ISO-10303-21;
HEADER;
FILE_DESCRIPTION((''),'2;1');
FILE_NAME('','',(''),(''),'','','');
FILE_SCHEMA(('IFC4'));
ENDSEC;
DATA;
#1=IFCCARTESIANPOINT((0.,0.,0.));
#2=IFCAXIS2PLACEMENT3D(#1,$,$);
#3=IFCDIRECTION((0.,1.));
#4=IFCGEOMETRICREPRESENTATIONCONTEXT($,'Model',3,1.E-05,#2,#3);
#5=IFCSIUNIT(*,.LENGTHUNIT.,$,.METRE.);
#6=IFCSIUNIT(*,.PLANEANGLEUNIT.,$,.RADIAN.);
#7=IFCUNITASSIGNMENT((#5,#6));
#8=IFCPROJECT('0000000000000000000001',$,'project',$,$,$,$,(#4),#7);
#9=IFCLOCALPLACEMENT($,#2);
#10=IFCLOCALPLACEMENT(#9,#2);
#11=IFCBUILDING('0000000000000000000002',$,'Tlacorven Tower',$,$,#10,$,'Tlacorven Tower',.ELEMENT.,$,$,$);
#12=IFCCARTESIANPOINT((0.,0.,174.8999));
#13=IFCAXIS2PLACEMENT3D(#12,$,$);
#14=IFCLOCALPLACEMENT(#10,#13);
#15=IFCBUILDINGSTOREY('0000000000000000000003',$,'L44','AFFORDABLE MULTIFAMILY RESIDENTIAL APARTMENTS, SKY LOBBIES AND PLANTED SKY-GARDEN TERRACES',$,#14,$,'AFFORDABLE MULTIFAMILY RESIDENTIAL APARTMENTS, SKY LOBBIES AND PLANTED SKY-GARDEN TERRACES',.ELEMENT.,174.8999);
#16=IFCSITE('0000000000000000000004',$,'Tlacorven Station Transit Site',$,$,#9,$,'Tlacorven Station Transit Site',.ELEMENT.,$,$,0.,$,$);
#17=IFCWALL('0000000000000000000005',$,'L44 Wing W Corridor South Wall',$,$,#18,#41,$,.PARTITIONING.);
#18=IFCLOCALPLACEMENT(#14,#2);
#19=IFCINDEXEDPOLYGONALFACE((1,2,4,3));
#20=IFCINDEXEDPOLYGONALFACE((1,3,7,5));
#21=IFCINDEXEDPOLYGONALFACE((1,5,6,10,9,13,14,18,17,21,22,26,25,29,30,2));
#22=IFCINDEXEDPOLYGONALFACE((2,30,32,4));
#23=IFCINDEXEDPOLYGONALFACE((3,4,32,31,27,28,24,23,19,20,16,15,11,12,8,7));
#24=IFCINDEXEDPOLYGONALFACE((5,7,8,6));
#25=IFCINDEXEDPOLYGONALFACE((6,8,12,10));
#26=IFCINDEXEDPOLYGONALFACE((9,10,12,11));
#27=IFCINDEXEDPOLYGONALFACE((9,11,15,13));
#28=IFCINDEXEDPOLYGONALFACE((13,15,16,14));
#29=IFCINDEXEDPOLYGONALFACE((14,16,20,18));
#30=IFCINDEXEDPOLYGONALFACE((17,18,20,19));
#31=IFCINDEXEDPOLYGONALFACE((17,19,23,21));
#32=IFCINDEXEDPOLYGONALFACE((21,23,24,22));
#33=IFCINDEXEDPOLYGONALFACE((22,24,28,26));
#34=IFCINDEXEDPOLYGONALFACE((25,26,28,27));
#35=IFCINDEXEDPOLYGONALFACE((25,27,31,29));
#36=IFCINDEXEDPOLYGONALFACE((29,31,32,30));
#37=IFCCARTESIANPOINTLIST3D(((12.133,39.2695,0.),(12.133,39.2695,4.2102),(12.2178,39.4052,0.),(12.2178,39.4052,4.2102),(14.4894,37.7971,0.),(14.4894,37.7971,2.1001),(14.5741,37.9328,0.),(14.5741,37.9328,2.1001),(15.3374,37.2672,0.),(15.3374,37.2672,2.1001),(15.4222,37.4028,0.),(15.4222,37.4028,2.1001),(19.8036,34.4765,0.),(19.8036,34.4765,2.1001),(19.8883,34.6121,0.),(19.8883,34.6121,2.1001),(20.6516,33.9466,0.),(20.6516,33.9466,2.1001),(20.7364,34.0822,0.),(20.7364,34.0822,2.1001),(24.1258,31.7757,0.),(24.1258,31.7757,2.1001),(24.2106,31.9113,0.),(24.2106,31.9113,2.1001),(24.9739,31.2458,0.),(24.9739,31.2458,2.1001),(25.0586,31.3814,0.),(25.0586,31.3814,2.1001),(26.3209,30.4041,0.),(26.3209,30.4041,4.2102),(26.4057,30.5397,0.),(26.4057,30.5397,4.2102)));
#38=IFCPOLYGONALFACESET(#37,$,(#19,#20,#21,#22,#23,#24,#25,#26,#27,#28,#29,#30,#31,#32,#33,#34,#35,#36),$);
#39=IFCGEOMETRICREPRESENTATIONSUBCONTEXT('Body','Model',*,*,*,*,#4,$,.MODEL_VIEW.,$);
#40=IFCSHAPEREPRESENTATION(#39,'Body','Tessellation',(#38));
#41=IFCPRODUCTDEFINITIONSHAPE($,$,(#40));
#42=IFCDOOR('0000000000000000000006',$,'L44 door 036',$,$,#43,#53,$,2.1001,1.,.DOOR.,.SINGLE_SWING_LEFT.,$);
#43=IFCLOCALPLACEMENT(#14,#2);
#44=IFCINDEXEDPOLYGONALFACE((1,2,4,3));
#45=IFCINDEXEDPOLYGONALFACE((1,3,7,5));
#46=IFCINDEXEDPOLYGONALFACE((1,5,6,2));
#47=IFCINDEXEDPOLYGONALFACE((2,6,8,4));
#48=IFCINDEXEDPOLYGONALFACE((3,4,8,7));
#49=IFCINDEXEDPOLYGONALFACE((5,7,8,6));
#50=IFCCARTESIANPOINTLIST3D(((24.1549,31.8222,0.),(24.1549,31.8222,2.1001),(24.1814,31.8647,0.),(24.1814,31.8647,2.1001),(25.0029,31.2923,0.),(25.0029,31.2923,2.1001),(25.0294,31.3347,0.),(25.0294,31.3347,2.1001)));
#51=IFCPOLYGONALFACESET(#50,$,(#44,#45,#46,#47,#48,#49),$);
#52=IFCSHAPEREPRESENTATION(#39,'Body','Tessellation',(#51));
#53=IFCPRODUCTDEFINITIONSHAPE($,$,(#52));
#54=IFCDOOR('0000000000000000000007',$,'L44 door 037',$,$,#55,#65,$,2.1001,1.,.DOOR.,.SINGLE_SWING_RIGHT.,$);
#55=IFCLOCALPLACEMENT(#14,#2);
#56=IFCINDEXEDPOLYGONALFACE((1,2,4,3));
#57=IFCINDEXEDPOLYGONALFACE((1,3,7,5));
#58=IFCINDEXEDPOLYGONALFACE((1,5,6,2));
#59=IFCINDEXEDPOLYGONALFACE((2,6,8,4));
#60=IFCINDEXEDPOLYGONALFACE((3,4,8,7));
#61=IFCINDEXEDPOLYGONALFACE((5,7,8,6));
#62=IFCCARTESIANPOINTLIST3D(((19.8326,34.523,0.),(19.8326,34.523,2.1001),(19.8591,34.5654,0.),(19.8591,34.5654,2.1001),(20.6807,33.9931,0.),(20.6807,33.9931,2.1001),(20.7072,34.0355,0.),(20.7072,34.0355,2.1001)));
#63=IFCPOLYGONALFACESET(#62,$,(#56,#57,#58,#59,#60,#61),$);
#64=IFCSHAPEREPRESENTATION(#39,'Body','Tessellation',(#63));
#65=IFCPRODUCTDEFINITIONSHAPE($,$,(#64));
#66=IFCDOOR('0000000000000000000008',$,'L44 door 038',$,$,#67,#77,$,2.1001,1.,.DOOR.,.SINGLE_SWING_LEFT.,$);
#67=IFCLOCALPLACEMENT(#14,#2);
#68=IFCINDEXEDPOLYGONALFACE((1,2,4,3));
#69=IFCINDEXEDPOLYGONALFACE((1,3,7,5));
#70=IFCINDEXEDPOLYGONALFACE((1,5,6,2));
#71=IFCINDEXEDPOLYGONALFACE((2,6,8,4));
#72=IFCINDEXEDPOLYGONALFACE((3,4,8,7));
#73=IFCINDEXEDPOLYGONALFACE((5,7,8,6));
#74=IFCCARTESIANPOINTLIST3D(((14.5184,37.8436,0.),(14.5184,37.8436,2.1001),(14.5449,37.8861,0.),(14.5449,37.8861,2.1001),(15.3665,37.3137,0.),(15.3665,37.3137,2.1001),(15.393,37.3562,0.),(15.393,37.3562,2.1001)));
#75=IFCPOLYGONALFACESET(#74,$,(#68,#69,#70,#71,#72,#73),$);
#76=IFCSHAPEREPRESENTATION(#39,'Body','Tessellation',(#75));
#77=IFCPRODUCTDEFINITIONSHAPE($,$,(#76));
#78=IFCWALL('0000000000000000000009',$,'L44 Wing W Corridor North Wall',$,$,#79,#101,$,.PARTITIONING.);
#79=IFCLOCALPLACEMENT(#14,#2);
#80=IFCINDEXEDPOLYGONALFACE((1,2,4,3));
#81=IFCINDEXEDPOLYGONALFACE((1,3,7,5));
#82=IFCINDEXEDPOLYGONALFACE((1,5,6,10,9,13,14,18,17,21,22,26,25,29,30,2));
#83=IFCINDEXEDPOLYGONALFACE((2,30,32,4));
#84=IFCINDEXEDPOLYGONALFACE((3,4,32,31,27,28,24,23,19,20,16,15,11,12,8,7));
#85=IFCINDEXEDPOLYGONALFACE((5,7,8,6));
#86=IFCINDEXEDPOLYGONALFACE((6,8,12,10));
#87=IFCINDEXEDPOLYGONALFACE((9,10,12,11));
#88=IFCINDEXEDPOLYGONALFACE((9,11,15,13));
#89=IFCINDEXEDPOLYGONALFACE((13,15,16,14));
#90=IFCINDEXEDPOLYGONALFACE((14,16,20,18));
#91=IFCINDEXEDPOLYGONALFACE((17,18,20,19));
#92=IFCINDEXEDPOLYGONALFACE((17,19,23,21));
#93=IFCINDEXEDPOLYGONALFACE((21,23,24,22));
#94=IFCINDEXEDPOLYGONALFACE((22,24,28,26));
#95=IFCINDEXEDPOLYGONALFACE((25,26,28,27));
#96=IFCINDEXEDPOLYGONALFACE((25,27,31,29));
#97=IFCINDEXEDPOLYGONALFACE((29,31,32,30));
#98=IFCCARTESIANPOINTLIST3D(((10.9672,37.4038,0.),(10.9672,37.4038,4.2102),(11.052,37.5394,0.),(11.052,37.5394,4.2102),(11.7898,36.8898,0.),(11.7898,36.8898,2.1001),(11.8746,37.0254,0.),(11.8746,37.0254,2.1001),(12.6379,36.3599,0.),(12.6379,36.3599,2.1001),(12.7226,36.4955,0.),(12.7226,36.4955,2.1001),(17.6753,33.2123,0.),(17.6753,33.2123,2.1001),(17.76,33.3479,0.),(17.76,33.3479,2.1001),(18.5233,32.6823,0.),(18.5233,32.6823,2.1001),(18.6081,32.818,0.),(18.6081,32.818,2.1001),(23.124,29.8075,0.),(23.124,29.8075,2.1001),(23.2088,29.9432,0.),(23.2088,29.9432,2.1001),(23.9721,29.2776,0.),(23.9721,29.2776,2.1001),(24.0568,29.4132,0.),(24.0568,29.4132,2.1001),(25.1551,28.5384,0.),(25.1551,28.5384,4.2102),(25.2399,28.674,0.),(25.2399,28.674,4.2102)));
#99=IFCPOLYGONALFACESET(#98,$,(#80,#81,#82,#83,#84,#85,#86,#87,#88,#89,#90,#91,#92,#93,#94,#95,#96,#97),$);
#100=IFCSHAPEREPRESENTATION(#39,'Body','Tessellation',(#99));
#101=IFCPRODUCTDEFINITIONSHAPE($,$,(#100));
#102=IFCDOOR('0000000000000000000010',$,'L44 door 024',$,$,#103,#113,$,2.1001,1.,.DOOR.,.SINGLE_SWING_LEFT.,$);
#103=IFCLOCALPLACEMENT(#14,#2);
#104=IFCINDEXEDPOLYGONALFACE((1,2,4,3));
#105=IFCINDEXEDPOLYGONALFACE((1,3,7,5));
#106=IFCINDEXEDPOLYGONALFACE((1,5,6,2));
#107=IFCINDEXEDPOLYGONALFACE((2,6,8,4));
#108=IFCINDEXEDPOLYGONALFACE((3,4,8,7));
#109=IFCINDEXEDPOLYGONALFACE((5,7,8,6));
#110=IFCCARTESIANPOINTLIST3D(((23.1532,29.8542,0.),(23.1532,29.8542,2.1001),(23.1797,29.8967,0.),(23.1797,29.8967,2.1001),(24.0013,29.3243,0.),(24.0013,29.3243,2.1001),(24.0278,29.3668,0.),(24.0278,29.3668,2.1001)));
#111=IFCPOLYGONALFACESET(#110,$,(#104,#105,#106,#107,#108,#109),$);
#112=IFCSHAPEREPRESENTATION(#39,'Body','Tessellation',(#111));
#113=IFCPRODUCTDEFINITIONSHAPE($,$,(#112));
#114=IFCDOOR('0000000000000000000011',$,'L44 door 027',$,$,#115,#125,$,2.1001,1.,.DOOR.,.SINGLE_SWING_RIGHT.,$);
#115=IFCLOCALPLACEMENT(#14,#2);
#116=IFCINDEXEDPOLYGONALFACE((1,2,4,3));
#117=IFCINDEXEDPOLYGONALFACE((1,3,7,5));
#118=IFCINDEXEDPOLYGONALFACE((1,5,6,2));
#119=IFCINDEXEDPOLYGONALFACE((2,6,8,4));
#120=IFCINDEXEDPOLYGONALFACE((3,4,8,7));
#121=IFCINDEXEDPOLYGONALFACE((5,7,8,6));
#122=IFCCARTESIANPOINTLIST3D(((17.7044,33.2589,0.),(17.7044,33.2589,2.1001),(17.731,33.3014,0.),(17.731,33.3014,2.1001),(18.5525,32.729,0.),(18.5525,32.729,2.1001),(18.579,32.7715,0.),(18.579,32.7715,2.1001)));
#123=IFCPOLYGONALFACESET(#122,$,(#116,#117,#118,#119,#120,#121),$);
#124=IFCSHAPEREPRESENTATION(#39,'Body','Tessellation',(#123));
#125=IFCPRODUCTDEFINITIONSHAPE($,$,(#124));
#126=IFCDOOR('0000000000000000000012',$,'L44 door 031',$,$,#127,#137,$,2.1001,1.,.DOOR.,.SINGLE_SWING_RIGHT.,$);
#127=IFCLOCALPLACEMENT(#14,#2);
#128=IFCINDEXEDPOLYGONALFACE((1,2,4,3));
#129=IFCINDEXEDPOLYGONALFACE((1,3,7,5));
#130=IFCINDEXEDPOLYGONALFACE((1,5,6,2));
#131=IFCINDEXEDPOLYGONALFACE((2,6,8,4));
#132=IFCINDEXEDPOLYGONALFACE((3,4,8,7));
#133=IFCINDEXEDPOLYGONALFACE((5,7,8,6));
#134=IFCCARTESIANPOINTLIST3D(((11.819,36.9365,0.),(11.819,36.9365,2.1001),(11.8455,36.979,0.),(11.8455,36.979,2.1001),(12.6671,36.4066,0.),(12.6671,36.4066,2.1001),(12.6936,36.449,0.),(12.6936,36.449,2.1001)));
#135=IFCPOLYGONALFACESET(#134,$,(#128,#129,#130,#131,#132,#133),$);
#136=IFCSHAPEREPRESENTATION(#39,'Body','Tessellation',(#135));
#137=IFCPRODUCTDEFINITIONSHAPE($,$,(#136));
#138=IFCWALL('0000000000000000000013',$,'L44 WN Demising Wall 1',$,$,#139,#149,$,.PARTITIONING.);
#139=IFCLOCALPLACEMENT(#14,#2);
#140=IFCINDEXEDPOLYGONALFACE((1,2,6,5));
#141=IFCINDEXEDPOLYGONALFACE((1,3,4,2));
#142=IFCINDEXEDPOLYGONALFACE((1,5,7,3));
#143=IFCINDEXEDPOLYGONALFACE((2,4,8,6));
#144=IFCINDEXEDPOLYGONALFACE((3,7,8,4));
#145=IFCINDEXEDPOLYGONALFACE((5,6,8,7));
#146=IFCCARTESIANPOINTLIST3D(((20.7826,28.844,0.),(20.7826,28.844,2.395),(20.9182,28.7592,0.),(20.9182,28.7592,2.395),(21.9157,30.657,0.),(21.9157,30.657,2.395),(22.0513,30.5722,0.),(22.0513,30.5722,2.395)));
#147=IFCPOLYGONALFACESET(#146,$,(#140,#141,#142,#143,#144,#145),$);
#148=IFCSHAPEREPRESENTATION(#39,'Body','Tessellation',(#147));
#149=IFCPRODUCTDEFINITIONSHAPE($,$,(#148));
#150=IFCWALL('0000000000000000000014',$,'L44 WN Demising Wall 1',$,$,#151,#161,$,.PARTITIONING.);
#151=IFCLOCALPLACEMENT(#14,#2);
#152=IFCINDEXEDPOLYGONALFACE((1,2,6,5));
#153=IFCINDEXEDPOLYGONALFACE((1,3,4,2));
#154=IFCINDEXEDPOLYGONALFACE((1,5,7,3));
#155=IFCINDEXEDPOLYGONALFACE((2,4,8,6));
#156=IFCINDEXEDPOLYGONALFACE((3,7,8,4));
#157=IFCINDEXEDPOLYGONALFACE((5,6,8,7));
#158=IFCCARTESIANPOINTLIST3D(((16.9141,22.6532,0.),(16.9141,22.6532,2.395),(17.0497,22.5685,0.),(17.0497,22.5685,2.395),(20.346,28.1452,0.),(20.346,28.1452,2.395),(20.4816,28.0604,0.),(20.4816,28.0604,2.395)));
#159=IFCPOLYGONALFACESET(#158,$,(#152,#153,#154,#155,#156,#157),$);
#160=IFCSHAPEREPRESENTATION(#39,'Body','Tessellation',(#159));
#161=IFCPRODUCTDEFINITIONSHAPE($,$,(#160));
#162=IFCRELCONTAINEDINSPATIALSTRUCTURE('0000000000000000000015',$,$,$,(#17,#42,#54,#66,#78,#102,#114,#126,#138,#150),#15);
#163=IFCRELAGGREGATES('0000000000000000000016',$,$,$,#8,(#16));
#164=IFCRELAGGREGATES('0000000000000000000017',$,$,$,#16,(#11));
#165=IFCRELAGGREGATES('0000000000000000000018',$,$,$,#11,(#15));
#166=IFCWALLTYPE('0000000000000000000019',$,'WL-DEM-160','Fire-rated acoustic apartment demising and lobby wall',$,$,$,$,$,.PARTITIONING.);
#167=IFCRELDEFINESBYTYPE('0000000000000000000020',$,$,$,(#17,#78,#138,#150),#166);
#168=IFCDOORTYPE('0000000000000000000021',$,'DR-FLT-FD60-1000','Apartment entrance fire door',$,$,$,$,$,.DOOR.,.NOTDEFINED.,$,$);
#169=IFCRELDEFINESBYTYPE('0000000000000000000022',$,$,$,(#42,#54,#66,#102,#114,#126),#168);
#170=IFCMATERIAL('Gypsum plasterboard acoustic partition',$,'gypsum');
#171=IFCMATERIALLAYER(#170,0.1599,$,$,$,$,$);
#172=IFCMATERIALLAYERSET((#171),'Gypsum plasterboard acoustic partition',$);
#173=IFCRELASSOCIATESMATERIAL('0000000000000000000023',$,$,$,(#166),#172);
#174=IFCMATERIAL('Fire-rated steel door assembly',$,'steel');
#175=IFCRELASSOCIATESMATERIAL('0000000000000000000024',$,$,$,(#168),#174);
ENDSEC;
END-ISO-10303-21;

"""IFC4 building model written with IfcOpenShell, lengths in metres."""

from ifc_helpers import new_model, si_unit, direction, frame, frame_2d, origin, place, context, subcontext, project, spatial, rectangle, extrude, source, transform, mapped, material, layer, layer_set, type_object, element, fill, save


model = new_model("IFC4")

# Units and contexts
model_context = context("Model", 3, precision=1e-05, world=origin(), true_north=direction((0.0, 1.0)))
body_context = subcontext(model_context, "Body", "Model", "MODEL_VIEW")
ifc_project = project(units=[si_unit("LENGTHUNIT", "METRE"), si_unit("PLANEANGLEUNIT", "RADIAN")], contexts=[model_context])

# Site, building, storey
site_placement = place(None, origin())
site = spatial("IfcSite", under=ifc_project, at=site_placement, Name="Tlacorven Station Transit Site", LongName="Tlacorven Station Transit Site", CompositionType="ELEMENT", RefElevation=0.0)
building_placement = place(site_placement, origin())
building = spatial("IfcBuilding", under=site, at=building_placement, Name="Tlacorven Tower", LongName="Tlacorven Tower", CompositionType="ELEMENT")
storey_placement = place(building_placement, frame((0.0, 0.0, 174.8999)))
storey = spatial("IfcBuildingStorey", under=building, at=storey_placement, Name="L44", Description="AFFORDABLE MULTIFAMILY RESIDENTIAL APARTMENTS, SKY LOBBIES AND PLANTED SKY-GARDEN TERRACES", LongName="AFFORDABLE MULTIFAMILY RESIDENTIAL APARTMENTS, SKY LOBBIES AND PLANTED SKY-GARDEN TERRACES", CompositionType="ELEMENT", Elevation=174.8999)

# Shared definitions
ifc_material_1 = material(Name="Gypsum plasterboard acoustic partition", Category="gypsum")
ifc_layer_1 = layer(ifc_material_1, 0.1599)
ifc_layer_set_1 = layer_set([ifc_layer_1], Name="Gypsum plasterboard acoustic partition")
wall_type_1 = type_object("IfcWallType", Name="WL-DEM-160", Description="Fire-rated acoustic apartment demising and lobby wall", PredefinedType="PARTITIONING", material=ifc_layer_set_1)

# Walls, openings, doors
wall_1_placement = place(storey_placement, frame((26.3633, 30.4719, 0.0), z_axis=(0.0, 0.0, 1.0), x_axis=(-0.848052, 0.529912, 0.0)))
wall_1 = element("IfcWall", 1, at=wall_1_placement, inside=storey, type_object=wall_type_1, Name="L44 Wing W Corridor South Wall", PredefinedType="PARTITIONING", context=body_context, shape_type="SweptSolid", body=[
    extrude(rectangle(XDim=16.73, YDim=0.1599, at=frame_2d((8.365, 0.0))), origin(), (0.0, 0.0, 1.0), 4.2102),
])
opening_1_placement = place(wall_1_placement, frame((1.5884, 0.0, 0.0)))
opening_1 = element("IfcOpeningElement", 2, at=opening_1_placement, cuts=wall_1, PredefinedType="OPENING", context=body_context, shape_type="SweptSolid", body=[
    extrude(rectangle(XDim=1.0, YDim=2.1001, at=frame_2d((0.5, 1.05))), frame((0.0, 0.0898, 0.0), z_axis=(0.0, -1.0, 0.0), x_axis=(1.0, 0.0, 0.0)), (0.0, 0.0, 1.0), 0.1799),
])
opening_2_placement = place(wall_1_placement, frame((6.6851, 0.0, 0.0)))
opening_2 = element("IfcOpeningElement", 3, at=opening_2_placement, cuts=wall_1, PredefinedType="OPENING", context=body_context, shape_type="SweptSolid", body=[
    extrude(rectangle(XDim=1.0, YDim=2.1001, at=frame_2d((0.5, 1.05))), frame((0.0, 0.0898, 0.0), z_axis=(0.0, -1.0, 0.0), x_axis=(1.0, 0.0, 0.0)), (0.0, 0.0, 1.0), 0.1799),
])
opening_3_placement = place(wall_1_placement, frame((12.9514, 0.0, 0.0)))
opening_3 = element("IfcOpeningElement", 4, at=opening_3_placement, cuts=wall_1, PredefinedType="OPENING", context=body_context, shape_type="SweptSolid", body=[
    extrude(rectangle(XDim=1.0, YDim=2.1001, at=frame_2d((0.5, 1.05))), frame((0.0, 0.0898, 0.0), z_axis=(0.0, -1.0, 0.0), x_axis=(1.0, 0.0, 0.0)), (0.0, 0.0, 1.0), 0.1799),
])
ifc_material_2 = material(Name="Fire-rated steel door assembly", Category="steel")
door_type_1 = type_object("IfcDoorType", Name="DR-FLT-FD60-1000", Description="Apartment entrance fire door", OperationType="NOTDEFINED", PredefinedType="DOOR", material=ifc_material_2)
shared_shape_1 = source(origin(), body_context, "Body", "SweptSolid", [
    extrude(rectangle(XDim=1.0, YDim=2.1001, at=frame_2d((0.5, 1.05))), frame((0.0, 0.0249, 0.0), z_axis=(0.0, -1.0, 0.0), x_axis=(1.0, 0.0, 0.0)), (0.0, 0.0, 1.0), 0.05),
])
door_1_placement = place(opening_1_placement, frame((1.0, 0.0, 0.0), z_axis=(0.0, 0.0, 1.0), x_axis=(-1.0, 0.0, 0.0)))
door_1 = element("IfcDoor", 5, at=door_1_placement, inside=storey, type_object=door_type_1, Name="L44 door 036", OperationType="SINGLE_SWING_LEFT", OverallHeight=2.1001, OverallWidth=1.0, PredefinedType="DOOR", context=body_context, shape_type="MappedRepresentation", body=[
    mapped(shared_shape_1, transform((0.0, 0.0, 0.0), scale=1.0)),
])
fill(opening_1, door_1)
door_2_placement = place(opening_2_placement, frame((1.0, 0.0, 0.0), z_axis=(0.0, 0.0, 1.0), x_axis=(-1.0, 0.0, 0.0)))
door_2 = element("IfcDoor", 6, at=door_2_placement, inside=storey, type_object=door_type_1, Name="L44 door 037", OperationType="SINGLE_SWING_RIGHT", OverallHeight=2.1001, OverallWidth=1.0, PredefinedType="DOOR", context=body_context, shape_type="MappedRepresentation", body=[
    mapped(shared_shape_1, transform((0.0, 0.0, 0.0), scale=1.0)),
])
fill(opening_2, door_2)
door_3_placement = place(opening_3_placement, frame((1.0, 0.0, 0.0), z_axis=(0.0, 0.0, 1.0), x_axis=(-1.0, 0.0, 0.0)))
door_3 = element("IfcDoor", 7, at=door_3_placement, inside=storey, type_object=door_type_1, Name="L44 door 038", OperationType="SINGLE_SWING_LEFT", OverallHeight=2.1001, OverallWidth=1.0, PredefinedType="DOOR", context=body_context, shape_type="MappedRepresentation", body=[
    mapped(shared_shape_1, transform((0.0, 0.0, 0.0), scale=1.0)),
])
fill(opening_3, door_3)
wall_2_placement = place(storey_placement, frame((25.1975, 28.6062, 0.0), z_axis=(0.0, 0.0, 1.0), x_axis=(-0.848052, 0.529912, 0.0)))
wall_2 = element("IfcWall", 8, at=wall_2_placement, inside=storey, type_object=wall_type_1, Name="L44 Wing W Corridor North Wall", PredefinedType="PARTITIONING", context=body_context, shape_type="SweptSolid", body=[
    extrude(rectangle(XDim=16.73, YDim=0.1599, at=frame_2d((8.365, 0.0))), origin(), (0.0, 0.0, 1.0), 4.2102),
])
opening_4_placement = place(wall_2_placement, frame((1.395, 0.0, 0.0)))
opening_4 = element("IfcOpeningElement", 9, at=opening_4_placement, cuts=wall_2, PredefinedType="OPENING", context=body_context, shape_type="SweptSolid", body=[
    extrude(rectangle(XDim=1.0, YDim=2.1001, at=frame_2d((0.5, 1.05))), frame((0.0, 0.0898, 0.0), z_axis=(0.0, -1.0, 0.0), x_axis=(1.0, 0.0, 0.0)), (0.0, 0.0, 1.0), 0.1799),
])
opening_5_placement = place(wall_2_placement, frame((7.8201, 0.0, 0.0)))
opening_5 = element("IfcOpeningElement", 10, at=opening_5_placement, cuts=wall_2, PredefinedType="OPENING", context=body_context, shape_type="SweptSolid", body=[
    extrude(rectangle(XDim=1.0, YDim=2.1001, at=frame_2d((0.5, 1.05))), frame((0.0, 0.0898, 0.0), z_axis=(0.0, -1.0, 0.0), x_axis=(1.0, 0.0, 0.0)), (0.0, 0.0, 1.0), 0.1799),
])
opening_6_placement = place(wall_2_placement, frame((14.76, 0.0, 0.0)))
opening_6 = element("IfcOpeningElement", 11, at=opening_6_placement, cuts=wall_2, PredefinedType="OPENING", context=body_context, shape_type="SweptSolid", body=[
    extrude(rectangle(XDim=1.0, YDim=2.1001, at=frame_2d((0.5, 1.05))), frame((0.0, 0.0898, 0.0), z_axis=(0.0, -1.0, 0.0), x_axis=(1.0, 0.0, 0.0)), (0.0, 0.0, 1.0), 0.1799),
])
door_4_placement = place(opening_4_placement, origin())
door_4 = element("IfcDoor", 12, at=door_4_placement, inside=storey, type_object=door_type_1, Name="L44 door 024", OperationType="SINGLE_SWING_LEFT", OverallHeight=2.1001, OverallWidth=1.0, PredefinedType="DOOR", context=body_context, shape_type="MappedRepresentation", body=[
    mapped(shared_shape_1, transform((0.0, 0.0, 0.0), scale=1.0)),
])
fill(opening_4, door_4)
door_5_placement = place(opening_5_placement, origin())
door_5 = element("IfcDoor", 13, at=door_5_placement, inside=storey, type_object=door_type_1, Name="L44 door 027", OperationType="SINGLE_SWING_RIGHT", OverallHeight=2.1001, OverallWidth=1.0, PredefinedType="DOOR", context=body_context, shape_type="MappedRepresentation", body=[
    mapped(shared_shape_1, transform((0.0, 0.0, 0.0), scale=1.0)),
])
fill(opening_5, door_5)
door_6_placement = place(opening_6_placement, origin())
door_6 = element("IfcDoor", 14, at=door_6_placement, inside=storey, type_object=door_type_1, Name="L44 door 031", OperationType="SINGLE_SWING_RIGHT", OverallHeight=2.1001, OverallWidth=1.0, PredefinedType="DOOR", context=body_context, shape_type="MappedRepresentation", body=[
    mapped(shared_shape_1, transform((0.0, 0.0, 0.0), scale=1.0)),
])
fill(opening_6, door_6)

# Walls
wall_3_placement = place(storey_placement, frame((21.9834, 30.6145, 0.0), z_axis=(0.0, 0.0, 1.0), x_axis=(-0.529978, -0.848011, 0.0)))
element("IfcWall", 15, at=wall_3_placement, inside=storey, type_object=wall_type_1, Name="L44 WN Demising Wall 1", PredefinedType="PARTITIONING", context=body_context, shape_type="SweptSolid", body=[
    extrude(rectangle(XDim=2.1379, YDim=0.1599, at=frame_2d((1.0688, 0.0))), origin(), (0.0, 0.0, 1.0), 2.395),
])
wall_4_placement = place(storey_placement, frame((20.4138, 28.1028, 0.0), z_axis=(0.0, 0.0, 1.0), x_axis=(-0.529935, -0.848039, 0.0)))
element("IfcWall", 16, at=wall_4_placement, inside=storey, type_object=wall_type_1, Name="L44 WN Demising Wall 1", PredefinedType="PARTITIONING", context=body_context, shape_type="SweptSolid", body=[
    extrude(rectangle(XDim=6.4761, YDim=0.1599, at=frame_2d((3.238, 0.0))), origin(), (0.0, 0.0, 1.0), 2.395),
])

save(model, "model.ifc")
